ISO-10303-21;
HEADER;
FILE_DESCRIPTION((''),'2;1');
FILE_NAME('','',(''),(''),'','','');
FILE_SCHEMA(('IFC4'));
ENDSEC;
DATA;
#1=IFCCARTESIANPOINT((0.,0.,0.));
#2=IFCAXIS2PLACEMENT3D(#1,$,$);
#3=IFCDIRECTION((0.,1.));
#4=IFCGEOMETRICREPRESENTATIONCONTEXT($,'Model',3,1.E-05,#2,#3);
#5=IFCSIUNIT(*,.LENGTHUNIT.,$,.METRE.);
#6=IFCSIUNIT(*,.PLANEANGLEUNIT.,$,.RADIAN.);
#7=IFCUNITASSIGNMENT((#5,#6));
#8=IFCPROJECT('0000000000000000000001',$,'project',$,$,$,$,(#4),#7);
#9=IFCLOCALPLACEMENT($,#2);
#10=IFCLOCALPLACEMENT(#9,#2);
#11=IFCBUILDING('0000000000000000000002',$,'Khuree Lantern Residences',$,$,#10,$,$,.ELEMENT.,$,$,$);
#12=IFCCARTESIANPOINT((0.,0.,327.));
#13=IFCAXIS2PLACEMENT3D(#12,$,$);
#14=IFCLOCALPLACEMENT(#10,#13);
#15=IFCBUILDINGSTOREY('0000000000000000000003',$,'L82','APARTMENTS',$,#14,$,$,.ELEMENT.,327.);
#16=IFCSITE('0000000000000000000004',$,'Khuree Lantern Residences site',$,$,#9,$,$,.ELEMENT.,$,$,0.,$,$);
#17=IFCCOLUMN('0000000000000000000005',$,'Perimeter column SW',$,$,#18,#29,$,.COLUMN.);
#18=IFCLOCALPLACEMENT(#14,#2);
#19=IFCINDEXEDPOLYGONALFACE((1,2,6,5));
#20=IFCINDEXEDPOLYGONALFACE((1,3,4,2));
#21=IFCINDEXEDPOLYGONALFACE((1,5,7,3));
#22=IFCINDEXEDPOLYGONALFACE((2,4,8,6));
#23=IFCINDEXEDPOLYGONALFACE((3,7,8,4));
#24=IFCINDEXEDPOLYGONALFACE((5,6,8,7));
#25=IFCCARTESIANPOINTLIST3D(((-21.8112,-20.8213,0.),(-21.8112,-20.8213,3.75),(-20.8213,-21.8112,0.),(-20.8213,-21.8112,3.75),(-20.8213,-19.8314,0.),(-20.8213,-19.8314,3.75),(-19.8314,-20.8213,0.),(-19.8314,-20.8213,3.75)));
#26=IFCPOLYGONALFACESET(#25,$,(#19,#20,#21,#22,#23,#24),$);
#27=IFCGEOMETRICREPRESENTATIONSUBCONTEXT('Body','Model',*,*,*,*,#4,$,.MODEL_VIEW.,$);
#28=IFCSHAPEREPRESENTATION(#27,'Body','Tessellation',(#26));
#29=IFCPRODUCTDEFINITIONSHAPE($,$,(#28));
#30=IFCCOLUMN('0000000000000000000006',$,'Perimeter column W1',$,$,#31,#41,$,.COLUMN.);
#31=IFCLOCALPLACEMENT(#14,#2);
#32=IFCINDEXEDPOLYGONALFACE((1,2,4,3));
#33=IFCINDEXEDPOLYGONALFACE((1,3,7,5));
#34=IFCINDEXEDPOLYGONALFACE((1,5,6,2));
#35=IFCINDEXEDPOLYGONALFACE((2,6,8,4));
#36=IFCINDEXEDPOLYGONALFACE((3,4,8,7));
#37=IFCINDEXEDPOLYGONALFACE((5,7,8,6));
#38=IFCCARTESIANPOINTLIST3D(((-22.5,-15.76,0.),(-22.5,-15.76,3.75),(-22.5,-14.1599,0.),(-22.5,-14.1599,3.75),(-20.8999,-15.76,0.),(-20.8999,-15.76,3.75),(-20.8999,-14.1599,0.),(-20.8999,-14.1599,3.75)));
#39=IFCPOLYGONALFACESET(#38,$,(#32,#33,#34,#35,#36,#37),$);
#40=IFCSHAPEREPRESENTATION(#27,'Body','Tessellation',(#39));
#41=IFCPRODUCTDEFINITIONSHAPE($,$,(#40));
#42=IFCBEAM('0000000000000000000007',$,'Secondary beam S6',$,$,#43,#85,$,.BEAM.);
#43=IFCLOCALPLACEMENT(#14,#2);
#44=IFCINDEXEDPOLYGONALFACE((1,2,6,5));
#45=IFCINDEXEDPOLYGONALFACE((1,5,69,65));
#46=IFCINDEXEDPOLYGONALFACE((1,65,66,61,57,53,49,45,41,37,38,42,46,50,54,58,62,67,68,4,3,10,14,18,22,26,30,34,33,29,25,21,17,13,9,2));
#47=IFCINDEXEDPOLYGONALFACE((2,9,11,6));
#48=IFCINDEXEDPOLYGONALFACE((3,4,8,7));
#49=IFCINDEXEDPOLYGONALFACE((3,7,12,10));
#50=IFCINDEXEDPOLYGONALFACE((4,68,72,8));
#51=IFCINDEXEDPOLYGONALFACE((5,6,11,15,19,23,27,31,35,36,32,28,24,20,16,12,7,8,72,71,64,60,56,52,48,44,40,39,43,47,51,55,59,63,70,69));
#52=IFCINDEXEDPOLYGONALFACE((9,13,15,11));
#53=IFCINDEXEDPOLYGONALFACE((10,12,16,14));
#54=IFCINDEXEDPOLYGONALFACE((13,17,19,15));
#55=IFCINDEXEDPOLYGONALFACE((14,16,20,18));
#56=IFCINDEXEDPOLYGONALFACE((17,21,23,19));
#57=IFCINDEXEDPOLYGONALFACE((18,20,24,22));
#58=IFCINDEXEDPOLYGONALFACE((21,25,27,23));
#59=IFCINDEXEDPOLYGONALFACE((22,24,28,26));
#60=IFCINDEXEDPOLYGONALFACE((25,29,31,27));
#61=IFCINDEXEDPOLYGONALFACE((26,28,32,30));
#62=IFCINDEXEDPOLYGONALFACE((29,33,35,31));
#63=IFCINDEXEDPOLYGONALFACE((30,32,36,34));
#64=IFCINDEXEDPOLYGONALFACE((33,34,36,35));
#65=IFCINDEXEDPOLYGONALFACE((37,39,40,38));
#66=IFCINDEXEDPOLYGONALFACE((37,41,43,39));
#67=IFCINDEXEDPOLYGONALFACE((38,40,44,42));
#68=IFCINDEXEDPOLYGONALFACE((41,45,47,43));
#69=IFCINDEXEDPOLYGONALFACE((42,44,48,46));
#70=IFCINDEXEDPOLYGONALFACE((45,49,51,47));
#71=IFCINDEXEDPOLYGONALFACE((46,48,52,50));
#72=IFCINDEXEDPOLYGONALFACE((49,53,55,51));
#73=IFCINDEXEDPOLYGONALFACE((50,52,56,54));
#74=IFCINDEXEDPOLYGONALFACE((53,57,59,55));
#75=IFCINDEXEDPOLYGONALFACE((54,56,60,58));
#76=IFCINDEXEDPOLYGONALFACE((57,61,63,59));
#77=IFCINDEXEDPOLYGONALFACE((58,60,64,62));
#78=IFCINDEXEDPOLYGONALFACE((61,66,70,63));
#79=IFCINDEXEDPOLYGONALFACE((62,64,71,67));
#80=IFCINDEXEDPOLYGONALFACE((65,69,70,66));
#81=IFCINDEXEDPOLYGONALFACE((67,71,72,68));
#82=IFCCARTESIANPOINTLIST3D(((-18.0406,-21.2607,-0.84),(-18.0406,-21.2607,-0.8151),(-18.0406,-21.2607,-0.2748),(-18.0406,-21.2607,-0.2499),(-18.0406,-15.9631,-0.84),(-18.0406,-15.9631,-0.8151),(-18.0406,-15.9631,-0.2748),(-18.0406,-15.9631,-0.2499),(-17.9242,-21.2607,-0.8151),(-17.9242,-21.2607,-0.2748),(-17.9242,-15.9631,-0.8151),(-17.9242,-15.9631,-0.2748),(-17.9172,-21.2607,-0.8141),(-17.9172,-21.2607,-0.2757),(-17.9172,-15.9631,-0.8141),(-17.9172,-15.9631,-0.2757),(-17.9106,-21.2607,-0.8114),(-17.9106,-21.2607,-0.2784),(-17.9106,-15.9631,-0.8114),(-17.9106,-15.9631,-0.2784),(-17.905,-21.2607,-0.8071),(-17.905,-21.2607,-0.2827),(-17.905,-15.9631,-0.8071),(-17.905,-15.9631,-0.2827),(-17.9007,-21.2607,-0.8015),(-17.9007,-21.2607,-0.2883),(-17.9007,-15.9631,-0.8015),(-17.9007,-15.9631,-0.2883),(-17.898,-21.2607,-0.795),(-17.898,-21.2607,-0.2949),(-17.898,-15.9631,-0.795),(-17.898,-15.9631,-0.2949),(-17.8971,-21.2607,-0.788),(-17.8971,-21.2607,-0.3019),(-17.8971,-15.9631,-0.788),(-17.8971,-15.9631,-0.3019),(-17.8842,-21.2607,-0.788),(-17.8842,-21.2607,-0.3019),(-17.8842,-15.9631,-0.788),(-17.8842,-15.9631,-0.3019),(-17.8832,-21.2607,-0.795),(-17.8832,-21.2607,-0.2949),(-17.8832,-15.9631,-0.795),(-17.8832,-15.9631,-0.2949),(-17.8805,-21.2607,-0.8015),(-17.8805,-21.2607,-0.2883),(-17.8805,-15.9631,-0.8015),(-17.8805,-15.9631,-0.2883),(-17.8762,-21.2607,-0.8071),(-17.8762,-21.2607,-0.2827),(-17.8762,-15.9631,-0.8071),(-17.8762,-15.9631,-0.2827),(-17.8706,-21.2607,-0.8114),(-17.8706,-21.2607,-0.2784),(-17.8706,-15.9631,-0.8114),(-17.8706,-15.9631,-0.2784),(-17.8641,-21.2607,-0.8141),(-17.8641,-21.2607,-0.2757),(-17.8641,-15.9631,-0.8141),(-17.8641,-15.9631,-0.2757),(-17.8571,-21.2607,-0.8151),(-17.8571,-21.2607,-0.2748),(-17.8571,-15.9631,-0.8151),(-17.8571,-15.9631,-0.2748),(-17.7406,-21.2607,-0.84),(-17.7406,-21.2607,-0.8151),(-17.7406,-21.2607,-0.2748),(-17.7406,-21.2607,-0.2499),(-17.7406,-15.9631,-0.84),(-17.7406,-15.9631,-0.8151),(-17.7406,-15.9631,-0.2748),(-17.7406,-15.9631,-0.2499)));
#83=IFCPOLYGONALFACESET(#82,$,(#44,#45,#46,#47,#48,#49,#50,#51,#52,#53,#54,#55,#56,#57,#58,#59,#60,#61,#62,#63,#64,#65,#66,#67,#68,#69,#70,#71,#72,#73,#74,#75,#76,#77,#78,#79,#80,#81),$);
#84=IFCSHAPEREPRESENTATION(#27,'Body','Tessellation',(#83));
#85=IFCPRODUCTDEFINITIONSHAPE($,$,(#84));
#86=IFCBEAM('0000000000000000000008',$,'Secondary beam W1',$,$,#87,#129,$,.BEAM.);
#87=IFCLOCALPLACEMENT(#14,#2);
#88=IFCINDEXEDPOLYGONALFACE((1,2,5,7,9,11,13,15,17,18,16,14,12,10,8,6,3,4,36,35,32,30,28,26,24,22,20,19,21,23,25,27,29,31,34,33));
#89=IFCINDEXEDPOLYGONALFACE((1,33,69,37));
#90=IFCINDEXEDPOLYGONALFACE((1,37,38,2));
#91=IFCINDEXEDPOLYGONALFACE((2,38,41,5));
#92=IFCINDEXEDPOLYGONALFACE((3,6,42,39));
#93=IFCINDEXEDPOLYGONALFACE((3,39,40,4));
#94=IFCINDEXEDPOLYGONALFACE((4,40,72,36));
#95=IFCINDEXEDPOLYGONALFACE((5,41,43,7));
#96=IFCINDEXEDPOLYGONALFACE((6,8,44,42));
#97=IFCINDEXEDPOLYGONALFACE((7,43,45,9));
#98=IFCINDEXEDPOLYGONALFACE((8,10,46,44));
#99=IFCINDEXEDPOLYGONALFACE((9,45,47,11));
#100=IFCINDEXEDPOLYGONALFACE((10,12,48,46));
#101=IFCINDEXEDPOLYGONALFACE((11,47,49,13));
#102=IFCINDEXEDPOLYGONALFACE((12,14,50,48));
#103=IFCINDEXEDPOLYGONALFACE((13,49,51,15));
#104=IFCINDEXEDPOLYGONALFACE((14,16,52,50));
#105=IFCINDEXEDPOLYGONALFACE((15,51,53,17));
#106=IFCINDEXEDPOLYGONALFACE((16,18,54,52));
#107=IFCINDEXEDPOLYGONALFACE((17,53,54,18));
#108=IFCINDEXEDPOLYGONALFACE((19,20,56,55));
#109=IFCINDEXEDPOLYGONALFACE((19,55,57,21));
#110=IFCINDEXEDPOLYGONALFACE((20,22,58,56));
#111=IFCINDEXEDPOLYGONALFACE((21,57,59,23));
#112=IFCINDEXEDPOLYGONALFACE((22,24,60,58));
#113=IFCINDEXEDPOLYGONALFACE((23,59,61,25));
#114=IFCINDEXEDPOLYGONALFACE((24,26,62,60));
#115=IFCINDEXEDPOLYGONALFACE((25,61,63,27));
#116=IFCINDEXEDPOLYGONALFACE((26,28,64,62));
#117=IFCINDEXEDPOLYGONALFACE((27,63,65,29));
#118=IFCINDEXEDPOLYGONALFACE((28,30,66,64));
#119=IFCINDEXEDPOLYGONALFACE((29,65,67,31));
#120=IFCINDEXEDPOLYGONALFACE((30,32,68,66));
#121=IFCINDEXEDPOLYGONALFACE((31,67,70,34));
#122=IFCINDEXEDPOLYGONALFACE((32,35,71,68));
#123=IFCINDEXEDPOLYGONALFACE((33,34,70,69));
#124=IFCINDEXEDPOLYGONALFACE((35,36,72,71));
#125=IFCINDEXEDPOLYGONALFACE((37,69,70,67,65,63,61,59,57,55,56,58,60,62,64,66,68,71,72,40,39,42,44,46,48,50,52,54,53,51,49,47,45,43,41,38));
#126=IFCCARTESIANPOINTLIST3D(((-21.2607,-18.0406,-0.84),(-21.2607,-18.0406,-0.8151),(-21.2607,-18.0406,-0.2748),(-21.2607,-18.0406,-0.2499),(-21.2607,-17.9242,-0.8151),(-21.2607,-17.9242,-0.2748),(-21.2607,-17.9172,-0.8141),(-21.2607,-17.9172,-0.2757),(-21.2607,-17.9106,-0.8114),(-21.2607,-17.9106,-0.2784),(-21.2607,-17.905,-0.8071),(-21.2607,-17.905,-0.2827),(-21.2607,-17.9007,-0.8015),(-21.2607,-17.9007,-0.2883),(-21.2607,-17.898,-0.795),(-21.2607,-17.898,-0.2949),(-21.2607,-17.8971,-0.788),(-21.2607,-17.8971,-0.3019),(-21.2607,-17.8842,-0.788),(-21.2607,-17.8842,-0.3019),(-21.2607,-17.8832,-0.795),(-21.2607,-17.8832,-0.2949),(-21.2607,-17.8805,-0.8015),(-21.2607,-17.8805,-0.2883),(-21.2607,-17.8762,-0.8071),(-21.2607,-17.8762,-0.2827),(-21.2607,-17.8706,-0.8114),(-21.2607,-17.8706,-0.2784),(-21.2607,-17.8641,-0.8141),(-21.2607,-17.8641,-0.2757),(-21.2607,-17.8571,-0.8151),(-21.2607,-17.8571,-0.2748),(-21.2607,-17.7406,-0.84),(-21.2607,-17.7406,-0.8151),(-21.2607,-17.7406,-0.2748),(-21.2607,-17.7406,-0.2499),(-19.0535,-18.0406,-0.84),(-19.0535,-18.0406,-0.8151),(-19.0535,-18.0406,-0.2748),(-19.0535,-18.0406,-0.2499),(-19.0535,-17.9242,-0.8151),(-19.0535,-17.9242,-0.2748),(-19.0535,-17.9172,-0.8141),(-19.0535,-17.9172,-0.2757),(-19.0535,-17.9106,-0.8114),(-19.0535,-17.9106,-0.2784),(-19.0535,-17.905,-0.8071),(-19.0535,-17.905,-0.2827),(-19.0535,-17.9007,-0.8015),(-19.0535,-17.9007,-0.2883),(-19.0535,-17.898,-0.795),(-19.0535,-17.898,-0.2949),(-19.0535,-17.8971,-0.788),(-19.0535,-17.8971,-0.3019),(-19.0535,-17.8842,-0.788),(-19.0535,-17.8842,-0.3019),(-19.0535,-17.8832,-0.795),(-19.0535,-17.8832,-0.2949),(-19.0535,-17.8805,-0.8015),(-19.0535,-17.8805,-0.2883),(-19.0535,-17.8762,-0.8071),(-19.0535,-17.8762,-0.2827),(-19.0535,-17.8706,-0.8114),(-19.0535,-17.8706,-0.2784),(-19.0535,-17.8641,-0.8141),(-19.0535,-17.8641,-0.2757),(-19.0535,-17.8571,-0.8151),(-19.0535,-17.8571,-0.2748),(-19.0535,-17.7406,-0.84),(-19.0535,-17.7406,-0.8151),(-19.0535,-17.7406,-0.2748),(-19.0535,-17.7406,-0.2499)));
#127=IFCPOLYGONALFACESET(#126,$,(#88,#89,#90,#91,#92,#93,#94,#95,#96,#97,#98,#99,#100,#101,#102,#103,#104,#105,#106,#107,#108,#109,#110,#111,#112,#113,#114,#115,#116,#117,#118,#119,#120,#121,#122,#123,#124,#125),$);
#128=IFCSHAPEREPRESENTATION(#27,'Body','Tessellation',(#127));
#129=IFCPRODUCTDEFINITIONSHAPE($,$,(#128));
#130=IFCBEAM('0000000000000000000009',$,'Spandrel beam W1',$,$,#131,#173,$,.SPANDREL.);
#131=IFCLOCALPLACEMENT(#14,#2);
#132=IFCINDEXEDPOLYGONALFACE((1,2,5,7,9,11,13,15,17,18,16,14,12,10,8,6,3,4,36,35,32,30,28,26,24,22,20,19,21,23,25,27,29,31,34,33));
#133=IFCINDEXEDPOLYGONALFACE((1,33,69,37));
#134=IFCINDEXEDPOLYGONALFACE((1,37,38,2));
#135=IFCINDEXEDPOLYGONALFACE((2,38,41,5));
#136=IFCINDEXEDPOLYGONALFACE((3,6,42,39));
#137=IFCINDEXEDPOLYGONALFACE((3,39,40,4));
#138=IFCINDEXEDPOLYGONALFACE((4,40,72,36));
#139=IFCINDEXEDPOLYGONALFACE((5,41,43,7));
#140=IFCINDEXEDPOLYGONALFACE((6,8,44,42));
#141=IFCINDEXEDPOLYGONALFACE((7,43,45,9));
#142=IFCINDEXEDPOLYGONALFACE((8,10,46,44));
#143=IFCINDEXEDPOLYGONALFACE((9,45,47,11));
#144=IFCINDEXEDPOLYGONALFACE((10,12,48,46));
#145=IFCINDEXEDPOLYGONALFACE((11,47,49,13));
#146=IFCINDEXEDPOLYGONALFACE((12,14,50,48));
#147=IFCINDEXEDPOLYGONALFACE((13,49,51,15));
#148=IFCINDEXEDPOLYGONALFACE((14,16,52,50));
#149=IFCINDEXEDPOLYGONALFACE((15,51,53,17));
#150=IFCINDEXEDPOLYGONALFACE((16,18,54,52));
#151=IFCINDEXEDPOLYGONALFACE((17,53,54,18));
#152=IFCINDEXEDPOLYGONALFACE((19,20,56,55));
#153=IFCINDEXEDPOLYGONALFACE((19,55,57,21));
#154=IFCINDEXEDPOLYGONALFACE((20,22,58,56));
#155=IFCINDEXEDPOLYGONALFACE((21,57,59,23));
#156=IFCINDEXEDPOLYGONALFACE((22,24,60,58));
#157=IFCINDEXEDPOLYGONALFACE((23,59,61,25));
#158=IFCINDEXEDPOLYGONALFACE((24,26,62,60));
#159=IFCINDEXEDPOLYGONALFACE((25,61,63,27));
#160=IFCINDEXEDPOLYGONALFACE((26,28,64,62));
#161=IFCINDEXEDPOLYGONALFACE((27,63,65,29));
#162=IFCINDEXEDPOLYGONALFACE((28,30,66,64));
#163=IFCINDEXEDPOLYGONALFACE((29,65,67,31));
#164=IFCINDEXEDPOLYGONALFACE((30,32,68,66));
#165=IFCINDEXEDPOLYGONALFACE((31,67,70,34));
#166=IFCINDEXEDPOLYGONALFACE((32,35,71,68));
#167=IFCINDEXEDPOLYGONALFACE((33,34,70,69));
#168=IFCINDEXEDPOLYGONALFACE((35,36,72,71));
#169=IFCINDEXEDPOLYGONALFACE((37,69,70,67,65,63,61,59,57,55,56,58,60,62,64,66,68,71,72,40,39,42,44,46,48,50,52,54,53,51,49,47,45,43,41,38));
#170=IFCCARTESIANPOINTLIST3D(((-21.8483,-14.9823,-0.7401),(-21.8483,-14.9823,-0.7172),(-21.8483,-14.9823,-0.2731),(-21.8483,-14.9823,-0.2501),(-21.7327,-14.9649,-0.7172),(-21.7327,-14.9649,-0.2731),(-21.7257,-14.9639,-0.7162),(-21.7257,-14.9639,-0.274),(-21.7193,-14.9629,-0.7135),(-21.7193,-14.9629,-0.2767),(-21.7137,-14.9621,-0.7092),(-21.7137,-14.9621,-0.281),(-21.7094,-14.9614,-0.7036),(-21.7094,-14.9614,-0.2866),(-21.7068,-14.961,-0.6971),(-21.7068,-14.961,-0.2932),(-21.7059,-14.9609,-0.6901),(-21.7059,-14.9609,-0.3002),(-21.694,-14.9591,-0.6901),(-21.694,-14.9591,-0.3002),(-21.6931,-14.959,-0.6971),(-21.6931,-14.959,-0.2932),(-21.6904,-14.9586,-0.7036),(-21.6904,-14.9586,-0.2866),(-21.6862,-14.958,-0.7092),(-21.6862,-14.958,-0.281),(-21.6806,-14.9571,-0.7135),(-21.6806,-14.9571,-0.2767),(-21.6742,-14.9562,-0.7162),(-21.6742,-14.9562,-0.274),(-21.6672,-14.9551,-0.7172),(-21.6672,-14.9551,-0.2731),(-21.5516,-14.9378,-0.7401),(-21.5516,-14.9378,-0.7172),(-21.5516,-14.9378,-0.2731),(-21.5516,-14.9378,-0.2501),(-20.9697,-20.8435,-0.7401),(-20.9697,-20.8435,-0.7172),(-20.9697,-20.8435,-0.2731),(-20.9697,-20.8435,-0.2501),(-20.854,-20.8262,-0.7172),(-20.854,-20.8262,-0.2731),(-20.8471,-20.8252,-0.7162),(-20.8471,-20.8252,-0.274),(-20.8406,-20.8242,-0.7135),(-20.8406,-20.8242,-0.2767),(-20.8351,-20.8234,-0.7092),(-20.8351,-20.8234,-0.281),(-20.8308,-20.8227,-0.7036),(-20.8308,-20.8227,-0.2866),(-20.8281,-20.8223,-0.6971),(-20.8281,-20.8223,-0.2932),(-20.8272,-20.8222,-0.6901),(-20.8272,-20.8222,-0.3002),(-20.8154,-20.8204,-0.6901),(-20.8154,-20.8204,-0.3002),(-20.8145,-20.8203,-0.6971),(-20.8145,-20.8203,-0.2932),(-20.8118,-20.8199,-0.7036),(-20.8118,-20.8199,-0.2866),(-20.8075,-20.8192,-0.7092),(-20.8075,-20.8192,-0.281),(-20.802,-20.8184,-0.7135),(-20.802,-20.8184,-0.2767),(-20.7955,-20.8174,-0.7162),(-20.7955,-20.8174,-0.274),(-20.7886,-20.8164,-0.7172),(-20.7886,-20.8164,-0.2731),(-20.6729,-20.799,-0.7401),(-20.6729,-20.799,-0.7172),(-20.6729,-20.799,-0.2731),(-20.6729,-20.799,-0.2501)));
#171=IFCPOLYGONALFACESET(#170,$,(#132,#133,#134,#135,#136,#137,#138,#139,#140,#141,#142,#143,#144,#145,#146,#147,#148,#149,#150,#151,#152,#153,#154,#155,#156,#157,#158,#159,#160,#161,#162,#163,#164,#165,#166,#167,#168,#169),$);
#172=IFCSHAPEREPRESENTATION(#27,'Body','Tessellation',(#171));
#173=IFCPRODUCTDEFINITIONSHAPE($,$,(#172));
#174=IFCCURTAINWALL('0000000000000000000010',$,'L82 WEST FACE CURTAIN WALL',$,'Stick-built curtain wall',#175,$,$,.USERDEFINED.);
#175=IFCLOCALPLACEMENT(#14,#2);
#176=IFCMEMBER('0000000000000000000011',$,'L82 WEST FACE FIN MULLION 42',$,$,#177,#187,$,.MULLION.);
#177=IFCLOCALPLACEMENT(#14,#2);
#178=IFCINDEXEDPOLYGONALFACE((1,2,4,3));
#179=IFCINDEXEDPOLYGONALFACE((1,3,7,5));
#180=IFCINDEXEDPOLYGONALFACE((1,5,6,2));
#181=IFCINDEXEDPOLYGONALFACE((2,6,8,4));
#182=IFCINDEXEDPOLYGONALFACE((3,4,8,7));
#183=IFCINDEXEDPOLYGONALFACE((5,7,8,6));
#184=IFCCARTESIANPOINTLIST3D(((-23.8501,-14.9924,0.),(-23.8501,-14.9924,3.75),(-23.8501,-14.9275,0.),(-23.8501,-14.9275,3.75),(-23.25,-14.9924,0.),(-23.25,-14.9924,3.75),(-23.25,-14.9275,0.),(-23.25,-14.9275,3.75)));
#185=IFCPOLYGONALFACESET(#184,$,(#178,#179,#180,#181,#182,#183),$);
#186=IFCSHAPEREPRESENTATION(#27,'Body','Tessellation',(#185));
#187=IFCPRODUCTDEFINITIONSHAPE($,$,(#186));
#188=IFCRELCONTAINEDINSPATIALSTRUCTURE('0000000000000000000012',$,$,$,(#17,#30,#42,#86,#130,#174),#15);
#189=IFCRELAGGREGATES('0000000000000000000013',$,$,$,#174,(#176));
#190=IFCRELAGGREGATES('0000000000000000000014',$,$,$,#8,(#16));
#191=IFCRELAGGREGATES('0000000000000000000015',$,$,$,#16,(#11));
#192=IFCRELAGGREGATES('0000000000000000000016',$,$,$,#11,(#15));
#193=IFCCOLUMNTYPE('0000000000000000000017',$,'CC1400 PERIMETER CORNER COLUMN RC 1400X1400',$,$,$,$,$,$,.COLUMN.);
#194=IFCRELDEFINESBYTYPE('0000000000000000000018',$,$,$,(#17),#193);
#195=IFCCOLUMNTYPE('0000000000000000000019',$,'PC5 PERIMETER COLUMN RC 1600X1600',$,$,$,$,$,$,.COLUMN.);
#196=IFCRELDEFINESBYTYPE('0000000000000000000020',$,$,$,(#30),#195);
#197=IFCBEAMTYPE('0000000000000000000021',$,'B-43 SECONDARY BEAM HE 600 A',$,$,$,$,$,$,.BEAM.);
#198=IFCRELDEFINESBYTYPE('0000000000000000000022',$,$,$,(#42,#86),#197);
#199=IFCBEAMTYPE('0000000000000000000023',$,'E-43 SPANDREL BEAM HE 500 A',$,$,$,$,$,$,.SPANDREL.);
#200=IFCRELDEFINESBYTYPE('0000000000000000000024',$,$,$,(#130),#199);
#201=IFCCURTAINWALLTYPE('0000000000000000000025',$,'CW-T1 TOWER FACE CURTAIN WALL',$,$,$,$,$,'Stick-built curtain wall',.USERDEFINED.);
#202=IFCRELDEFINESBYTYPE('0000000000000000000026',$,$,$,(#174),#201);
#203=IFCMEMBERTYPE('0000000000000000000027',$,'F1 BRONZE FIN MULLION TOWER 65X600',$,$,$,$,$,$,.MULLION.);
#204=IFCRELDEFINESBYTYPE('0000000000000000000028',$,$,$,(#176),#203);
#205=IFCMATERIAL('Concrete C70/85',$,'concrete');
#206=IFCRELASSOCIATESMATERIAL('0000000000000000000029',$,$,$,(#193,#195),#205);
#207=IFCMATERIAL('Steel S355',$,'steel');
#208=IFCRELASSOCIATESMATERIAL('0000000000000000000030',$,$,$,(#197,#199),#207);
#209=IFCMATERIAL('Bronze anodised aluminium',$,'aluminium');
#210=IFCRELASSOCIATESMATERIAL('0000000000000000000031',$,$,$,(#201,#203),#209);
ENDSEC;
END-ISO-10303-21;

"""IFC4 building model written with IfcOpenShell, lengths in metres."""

from ifc_helpers import new_model, si_unit, direction, frame, origin, origin_2d, place, context, subcontext, project, spatial, rectangle, i_section, extrude, material, material_profile, profile_set, type_object, element, aggregate, save


model = new_model("IFC4")

# Units and contexts
model_context = context("Model", 3, precision=1e-05, world=origin(), true_north=direction((0.0, 1.0)))
body_context = subcontext(model_context, "Body", "Model", "MODEL_VIEW")
ifc_project = project(units=[si_unit("LENGTHUNIT", "METRE"), si_unit("PLANEANGLEUNIT", "RADIAN")], contexts=[model_context])

# Site, building, storey
site_placement = place(None, origin())
site = spatial("IfcSite", under=ifc_project, at=site_placement, Name="Khuree Lantern Residences site", CompositionType="ELEMENT", RefElevation=0.0)
building_placement = place(site_placement, origin())
building = spatial("IfcBuilding", under=site, at=building_placement, Name="Khuree Lantern Residences", CompositionType="ELEMENT")
storey_placement = place(building_placement, frame((0.0, 0.0, 327.0)))
storey = spatial("IfcBuildingStorey", under=building, at=storey_placement, Name="L82", Description="APARTMENTS", CompositionType="ELEMENT", Elevation=327.0)

# Columns
ifc_material_1 = material(Name="Concrete C70/85", Category="concrete")
ifc_material_profile_1 = material_profile(ifc_material_1, rectangle(XDim=1.3999, YDim=1.3999, at=origin_2d()), Name="RC 1400X1400")
ifc_profile_set_1 = profile_set([ifc_material_profile_1], Name="Concrete C70/85")
column_type_1 = type_object("IfcColumnType", Name="CC1400 PERIMETER CORNER COLUMN RC 1400X1400", PredefinedType="COLUMN", material=ifc_profile_set_1)
column_1_placement = place(storey_placement, frame((-20.8213, -20.8213, 0.0), z_axis=(0.0, 0.0, 1.0), x_axis=(0.707107, -0.707107, 0.0)))
element("IfcColumn", 1, at=column_1_placement, inside=storey, type_object=column_type_1, Name="Perimeter column SW", PredefinedType="COLUMN", context=body_context, shape_type="SweptSolid", body=[
    extrude(rectangle(XDim=1.3999, YDim=1.3999, at=origin_2d()), origin(), (0.0, 0.0, 1.0), 3.75),
])
ifc_material_profile_2 = material_profile(ifc_material_1, rectangle(XDim=1.6001, YDim=1.6001, at=origin_2d()), Name="RC 1600X1600")
ifc_profile_set_2 = profile_set([ifc_material_profile_2], Name="Concrete C70/85")
column_type_2 = type_object("IfcColumnType", Name="PC5 PERIMETER COLUMN RC 1600X1600", PredefinedType="COLUMN", material=ifc_profile_set_2)
column_2_placement = place(storey_placement, frame((-21.7, -14.96, 0.0), z_axis=(0.0, 0.0, 1.0), x_axis=(0.0, 1.0, 0.0)))
element("IfcColumn", 2, at=column_2_placement, inside=storey, type_object=column_type_2, Name="Perimeter column W1", PredefinedType="COLUMN", context=body_context, shape_type="SweptSolid", body=[
    extrude(rectangle(XDim=1.6001, YDim=1.6001, at=origin_2d()), origin(), (0.0, 0.0, 1.0), 3.75),
])

# Beams
ifc_material_2 = material(Name="Steel S355", Category="steel")
ifc_material_profile_3 = material_profile(ifc_material_2, i_section(OverallWidth=0.3, OverallDepth=0.5901, WebThickness=0.0129, FlangeThickness=0.0249, FilletRadius=0.0271, at=origin_2d()), Name="HE 600 A")
ifc_profile_set_3 = profile_set([ifc_material_profile_3], Name="Steel S355")
beam_type_1 = type_object("IfcBeamType", Name="B-43 SECONDARY BEAM HE 600 A", PredefinedType="BEAM", material=ifc_profile_set_3)
beam_1_placement = place(storey_placement, frame((-17.8906, -21.2607, -0.5449), z_axis=(0.0, 1.0, 0.0), x_axis=(-1.0, 0.0, 0.0)))
element("IfcBeam", 3, at=beam_1_placement, inside=storey, type_object=beam_type_1, Name="Secondary beam S6", PredefinedType="BEAM", context=body_context, shape_type="SweptSolid", body=[
    extrude(i_section(OverallWidth=0.3, OverallDepth=0.5901, WebThickness=0.0129, FlangeThickness=0.0249, FilletRadius=0.0271, at=origin_2d()), origin(), (0.0, 0.0, 1.0), 5.2976),
])
beam_2_placement = place(storey_placement, frame((-21.2607, -17.8906, -0.5449), z_axis=(1.0, 0.0, 0.0), x_axis=(0.0, 1.0, 0.0)))
element("IfcBeam", 4, at=beam_2_placement, inside=storey, type_object=beam_type_1, Name="Secondary beam W1", PredefinedType="BEAM", context=body_context, shape_type="SweptSolid", body=[
    extrude(i_section(OverallWidth=0.3, OverallDepth=0.5901, WebThickness=0.0129, FlangeThickness=0.0249, FilletRadius=0.0271, at=origin_2d()), origin(), (0.0, 0.0, 1.0), 2.2073),
])
ifc_material_profile_4 = material_profile(ifc_material_2, i_section(OverallWidth=0.3, OverallDepth=0.49, WebThickness=0.012, FlangeThickness=0.0229, FilletRadius=0.0271, at=origin_2d()), Name="HE 500 A")
ifc_profile_set_4 = profile_set([ifc_material_profile_4], Name="Steel S355")
beam_type_2 = type_object("IfcBeamType", Name="E-43 SPANDREL BEAM HE 500 A", PredefinedType="SPANDREL", material=ifc_profile_set_4)
beam_3_placement = place(storey_placement, frame((-20.8213, -20.8213, -0.4951), z_axis=(-0.148252, 0.98895, 0.0), x_axis=(-0.98895, -0.148252, 0.0)))
element("IfcBeam", 5, at=beam_3_placement, inside=storey, type_object=beam_type_2, Name="Spandrel beam W1", PredefinedType="SPANDREL", context=body_context, shape_type="SweptSolid", body=[
    extrude(i_section(OverallWidth=0.3, OverallDepth=0.49, WebThickness=0.012, FlangeThickness=0.0229, FilletRadius=0.0271, at=origin_2d()), origin(), (0.0, 0.0, 1.0), 5.9268),
])

# Curtain wall, member
ifc_material_3 = material(Name="Bronze anodised aluminium", Category="aluminium")
curtain_wall_type_1 = type_object("IfcCurtainWallType", Name="CW-T1 TOWER FACE CURTAIN WALL", ElementType="Stick-built curtain wall", PredefinedType="USERDEFINED", material=ifc_material_3)
curtain_wall_1_placement = place(storey_placement, origin())
curtain_wall_1 = element("IfcCurtainWall", 6, at=curtain_wall_1_placement, inside=storey, type_object=curtain_wall_type_1, Name="L82 WEST FACE CURTAIN WALL", ObjectType="Stick-built curtain wall", PredefinedType="USERDEFINED")
ifc_material_profile_5 = material_profile(ifc_material_3, rectangle(XDim=0.0649, YDim=0.6001, at=origin_2d()), Name="F1 65X600")
ifc_profile_set_5 = profile_set([ifc_material_profile_5], Name="Bronze anodised aluminium")
member_type_1 = type_object("IfcMemberType", Name="F1 BRONZE FIN MULLION TOWER 65X600", PredefinedType="MULLION", material=ifc_profile_set_5)
member_1_placement = place(storey_placement, frame((-23.55, -14.96, 0.0), z_axis=(0.0, 0.0, 1.0), x_axis=(0.0, -1.0, 0.0)))
member_1 = element("IfcMember", 7, at=member_1_placement, type_object=member_type_1, Name="L82 WEST FACE FIN MULLION 42", PredefinedType="MULLION", context=body_context, shape_type="SweptSolid", body=[
    extrude(rectangle(XDim=0.0649, YDim=0.6001, at=origin_2d()), origin(), (0.0, 0.0, 1.0), 3.75),
])

aggregate(curtain_wall_1, [member_1])

save(model, "model.ifc")
